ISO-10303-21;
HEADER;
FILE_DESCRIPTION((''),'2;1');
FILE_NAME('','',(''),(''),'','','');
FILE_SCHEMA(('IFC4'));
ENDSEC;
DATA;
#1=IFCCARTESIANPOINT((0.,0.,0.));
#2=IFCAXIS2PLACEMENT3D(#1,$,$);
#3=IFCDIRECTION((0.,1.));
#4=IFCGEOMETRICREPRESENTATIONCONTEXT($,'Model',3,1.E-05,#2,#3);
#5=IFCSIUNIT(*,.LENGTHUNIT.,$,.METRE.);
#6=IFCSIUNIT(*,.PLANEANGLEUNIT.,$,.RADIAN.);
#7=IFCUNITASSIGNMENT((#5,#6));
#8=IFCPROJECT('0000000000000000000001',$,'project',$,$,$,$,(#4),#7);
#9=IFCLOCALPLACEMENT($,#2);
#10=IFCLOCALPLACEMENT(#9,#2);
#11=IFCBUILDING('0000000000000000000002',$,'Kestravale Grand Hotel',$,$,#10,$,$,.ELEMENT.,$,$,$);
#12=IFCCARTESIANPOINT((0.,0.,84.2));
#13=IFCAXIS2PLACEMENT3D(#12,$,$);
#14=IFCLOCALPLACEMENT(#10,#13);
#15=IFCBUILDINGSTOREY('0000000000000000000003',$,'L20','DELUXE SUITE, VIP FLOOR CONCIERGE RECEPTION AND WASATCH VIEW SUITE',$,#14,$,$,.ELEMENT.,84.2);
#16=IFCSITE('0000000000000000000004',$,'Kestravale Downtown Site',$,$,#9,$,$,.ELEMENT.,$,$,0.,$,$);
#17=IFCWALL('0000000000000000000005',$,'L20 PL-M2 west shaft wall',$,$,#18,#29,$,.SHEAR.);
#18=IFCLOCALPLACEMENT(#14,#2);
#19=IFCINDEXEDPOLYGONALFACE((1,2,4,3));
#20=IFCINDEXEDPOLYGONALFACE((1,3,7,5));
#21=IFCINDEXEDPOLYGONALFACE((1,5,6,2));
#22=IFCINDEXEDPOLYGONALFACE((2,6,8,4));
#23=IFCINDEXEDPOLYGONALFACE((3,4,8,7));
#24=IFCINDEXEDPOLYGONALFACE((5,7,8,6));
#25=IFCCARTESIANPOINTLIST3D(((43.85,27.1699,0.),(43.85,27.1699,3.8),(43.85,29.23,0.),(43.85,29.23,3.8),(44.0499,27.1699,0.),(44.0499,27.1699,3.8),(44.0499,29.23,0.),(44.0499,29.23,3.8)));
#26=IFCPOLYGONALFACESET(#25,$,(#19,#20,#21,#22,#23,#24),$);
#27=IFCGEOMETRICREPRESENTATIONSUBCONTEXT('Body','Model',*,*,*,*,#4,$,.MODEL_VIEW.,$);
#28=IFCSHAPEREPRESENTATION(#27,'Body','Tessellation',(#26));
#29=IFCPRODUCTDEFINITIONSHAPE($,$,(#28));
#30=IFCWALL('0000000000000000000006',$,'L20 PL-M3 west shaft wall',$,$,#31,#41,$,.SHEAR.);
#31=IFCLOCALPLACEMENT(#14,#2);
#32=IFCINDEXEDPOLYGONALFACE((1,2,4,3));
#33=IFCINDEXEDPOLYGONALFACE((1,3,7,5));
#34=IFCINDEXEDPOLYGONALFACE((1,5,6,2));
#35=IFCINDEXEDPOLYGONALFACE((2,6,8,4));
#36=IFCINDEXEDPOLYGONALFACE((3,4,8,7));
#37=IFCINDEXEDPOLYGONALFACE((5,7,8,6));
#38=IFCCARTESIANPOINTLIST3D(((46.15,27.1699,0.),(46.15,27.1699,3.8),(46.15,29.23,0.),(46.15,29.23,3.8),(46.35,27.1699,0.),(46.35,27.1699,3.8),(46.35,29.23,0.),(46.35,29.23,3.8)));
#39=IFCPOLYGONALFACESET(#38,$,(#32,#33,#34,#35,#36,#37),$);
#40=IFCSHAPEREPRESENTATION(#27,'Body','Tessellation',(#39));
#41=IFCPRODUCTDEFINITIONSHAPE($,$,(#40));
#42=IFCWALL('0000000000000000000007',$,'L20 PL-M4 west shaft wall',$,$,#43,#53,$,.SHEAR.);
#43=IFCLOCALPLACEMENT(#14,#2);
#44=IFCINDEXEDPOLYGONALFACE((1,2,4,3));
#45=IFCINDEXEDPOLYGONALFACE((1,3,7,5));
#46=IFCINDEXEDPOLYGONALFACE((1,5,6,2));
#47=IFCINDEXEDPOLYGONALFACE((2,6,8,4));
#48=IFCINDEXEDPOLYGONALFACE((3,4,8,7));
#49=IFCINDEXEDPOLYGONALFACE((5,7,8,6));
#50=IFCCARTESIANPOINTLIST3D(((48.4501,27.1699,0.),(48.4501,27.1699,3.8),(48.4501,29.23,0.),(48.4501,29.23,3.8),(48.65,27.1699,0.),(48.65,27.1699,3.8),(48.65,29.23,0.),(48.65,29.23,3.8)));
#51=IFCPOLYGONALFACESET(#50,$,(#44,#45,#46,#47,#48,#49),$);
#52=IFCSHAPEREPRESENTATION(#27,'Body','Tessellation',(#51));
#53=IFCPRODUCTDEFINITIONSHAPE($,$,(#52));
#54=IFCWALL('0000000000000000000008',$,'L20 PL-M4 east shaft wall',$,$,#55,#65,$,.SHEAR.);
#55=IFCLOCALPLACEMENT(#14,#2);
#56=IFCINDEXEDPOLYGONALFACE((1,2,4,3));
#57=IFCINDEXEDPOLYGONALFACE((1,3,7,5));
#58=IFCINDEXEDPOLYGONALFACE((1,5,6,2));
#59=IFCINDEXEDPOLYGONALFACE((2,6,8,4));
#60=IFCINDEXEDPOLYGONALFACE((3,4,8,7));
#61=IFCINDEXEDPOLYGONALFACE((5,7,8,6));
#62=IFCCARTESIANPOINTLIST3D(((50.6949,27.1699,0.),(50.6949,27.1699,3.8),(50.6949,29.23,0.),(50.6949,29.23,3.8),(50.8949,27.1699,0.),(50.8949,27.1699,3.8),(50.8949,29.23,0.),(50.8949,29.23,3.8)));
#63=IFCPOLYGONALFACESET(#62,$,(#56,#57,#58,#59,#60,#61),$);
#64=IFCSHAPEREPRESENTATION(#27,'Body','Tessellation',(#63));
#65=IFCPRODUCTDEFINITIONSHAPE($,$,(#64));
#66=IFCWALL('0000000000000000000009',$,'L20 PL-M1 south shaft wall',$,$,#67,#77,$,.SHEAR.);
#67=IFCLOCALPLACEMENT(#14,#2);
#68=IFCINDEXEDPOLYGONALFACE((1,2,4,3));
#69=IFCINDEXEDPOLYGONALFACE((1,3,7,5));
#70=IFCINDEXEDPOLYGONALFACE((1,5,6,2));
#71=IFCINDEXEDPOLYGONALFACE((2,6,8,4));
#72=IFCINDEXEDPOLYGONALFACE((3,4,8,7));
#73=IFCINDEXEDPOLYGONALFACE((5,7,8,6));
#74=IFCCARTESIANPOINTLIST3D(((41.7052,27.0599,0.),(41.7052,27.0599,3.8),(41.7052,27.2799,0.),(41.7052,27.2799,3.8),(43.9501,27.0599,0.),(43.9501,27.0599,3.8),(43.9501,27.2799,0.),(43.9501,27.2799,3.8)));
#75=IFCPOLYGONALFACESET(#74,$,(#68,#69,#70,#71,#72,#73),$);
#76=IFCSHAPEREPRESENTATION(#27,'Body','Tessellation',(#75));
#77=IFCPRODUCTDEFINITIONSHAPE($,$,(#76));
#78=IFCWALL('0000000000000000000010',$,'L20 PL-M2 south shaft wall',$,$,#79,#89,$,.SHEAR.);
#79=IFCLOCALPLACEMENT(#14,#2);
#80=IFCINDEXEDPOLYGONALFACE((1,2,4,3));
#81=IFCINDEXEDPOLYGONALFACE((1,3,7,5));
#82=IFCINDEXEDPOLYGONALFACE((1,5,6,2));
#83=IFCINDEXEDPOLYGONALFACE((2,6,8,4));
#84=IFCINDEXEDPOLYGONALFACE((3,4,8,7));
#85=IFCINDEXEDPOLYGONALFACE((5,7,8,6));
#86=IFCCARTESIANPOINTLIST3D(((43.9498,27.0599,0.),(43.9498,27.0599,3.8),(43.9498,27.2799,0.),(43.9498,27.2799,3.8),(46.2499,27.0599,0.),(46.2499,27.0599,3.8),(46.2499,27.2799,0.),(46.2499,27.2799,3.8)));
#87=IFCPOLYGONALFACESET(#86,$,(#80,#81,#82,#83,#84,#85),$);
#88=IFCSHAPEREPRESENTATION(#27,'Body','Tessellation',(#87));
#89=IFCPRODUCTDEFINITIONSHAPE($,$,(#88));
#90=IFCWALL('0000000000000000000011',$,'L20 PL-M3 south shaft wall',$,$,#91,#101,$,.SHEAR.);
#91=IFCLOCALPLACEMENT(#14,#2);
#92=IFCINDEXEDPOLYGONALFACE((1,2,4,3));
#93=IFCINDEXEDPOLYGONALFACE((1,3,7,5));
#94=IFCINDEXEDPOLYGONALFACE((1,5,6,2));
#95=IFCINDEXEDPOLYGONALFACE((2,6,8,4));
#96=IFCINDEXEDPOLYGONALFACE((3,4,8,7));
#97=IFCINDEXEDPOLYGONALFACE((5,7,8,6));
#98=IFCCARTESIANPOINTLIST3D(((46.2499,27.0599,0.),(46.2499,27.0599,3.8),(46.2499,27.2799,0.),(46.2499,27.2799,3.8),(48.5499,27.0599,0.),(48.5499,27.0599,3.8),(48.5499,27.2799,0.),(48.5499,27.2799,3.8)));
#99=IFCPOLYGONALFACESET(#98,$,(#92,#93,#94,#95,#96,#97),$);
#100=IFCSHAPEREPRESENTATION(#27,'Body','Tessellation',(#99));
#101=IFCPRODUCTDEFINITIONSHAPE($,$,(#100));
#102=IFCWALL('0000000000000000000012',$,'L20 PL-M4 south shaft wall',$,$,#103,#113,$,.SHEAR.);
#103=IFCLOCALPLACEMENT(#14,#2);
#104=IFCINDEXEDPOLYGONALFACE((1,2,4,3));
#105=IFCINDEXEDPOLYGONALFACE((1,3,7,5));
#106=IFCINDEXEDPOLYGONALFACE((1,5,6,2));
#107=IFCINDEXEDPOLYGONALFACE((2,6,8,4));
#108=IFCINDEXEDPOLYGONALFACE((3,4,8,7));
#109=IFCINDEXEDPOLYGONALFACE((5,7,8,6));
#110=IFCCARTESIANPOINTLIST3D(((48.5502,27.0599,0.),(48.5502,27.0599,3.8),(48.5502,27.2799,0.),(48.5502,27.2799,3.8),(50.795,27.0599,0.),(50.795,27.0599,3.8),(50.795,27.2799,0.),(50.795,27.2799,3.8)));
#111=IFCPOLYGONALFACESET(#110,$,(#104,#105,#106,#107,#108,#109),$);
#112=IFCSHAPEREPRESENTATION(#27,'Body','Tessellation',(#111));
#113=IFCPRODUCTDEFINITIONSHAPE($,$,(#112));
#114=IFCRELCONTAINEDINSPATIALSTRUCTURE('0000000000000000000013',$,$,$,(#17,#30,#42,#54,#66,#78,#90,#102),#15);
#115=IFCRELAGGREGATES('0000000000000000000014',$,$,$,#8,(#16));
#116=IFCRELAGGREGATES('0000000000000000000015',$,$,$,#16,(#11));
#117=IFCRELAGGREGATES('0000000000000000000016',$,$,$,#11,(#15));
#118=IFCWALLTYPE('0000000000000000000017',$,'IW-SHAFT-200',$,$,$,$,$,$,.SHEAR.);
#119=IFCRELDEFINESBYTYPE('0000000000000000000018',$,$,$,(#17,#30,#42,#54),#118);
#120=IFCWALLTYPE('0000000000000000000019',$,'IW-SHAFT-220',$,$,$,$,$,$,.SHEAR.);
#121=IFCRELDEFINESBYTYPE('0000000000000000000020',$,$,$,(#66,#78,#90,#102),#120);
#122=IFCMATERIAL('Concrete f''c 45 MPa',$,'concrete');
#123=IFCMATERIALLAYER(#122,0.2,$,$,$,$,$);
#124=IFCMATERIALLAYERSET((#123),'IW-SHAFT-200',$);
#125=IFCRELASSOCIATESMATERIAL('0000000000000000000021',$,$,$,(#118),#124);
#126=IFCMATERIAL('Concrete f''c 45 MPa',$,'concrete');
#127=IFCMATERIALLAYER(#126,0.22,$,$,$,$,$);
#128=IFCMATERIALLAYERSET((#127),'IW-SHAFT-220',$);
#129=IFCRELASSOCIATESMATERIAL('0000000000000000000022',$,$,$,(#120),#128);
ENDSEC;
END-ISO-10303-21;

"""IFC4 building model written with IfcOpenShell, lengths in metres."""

from ifc_helpers import new_model, si_unit, direction, frame, frame_2d, origin, place, context, subcontext, project, spatial, rectangle, extrude, material, layer, layer_set, type_object, element, save


model = new_model("IFC4")

# Units and contexts
model_context = context("Model", 3, precision=1e-05, world=origin(), true_north=direction((0.0, 1.0)))
body_context = subcontext(model_context, "Body", "Model", "MODEL_VIEW")
ifc_project = project(units=[si_unit("LENGTHUNIT", "METRE"), si_unit("PLANEANGLEUNIT", "RADIAN")], contexts=[model_context])

# Site, building, storey
site_placement = place(None, origin())
site = spatial("IfcSite", under=ifc_project, at=site_placement, Name="Kestravale Downtown Site", CompositionType="ELEMENT", RefElevation=0.0)
building_placement = place(site_placement, origin())
building = spatial("IfcBuilding", under=site, at=building_placement, Name="Kestravale Grand Hotel", CompositionType="ELEMENT")
storey_placement = place(building_placement, frame((0.0, 0.0, 84.2)))
storey = spatial("IfcBuildingStorey", under=building, at=storey_placement, Name="L20", Description="DELUXE SUITE, VIP FLOOR CONCIERGE RECEPTION AND WASATCH VIEW SUITE", CompositionType="ELEMENT", Elevation=84.2)

# Walls
ifc_material_1 = material(Name="Concrete f'c 45 MPa", Category="concrete")
ifc_layer_1 = layer(ifc_material_1, 0.2)
ifc_layer_set_1 = layer_set([ifc_layer_1], Name="IW-SHAFT-200")
wall_type_1 = type_object("IfcWallType", Name="IW-SHAFT-200", PredefinedType="SHEAR", material=ifc_layer_set_1)
for number, where, z_axis, x_axis, name in (
    (1, (43.95, 27.1699, 0.0), (0.0, 0.0, 1.0), (0.0, 1.0, 0.0), "L20 PL-M2 west shaft wall"),
    (2, (46.25, 27.1699, 0.0), (0.0, 0.0, 1.0), (0.0, 1.0, 0.0), "L20 PL-M3 west shaft wall"),
    (3, (48.55, 27.1699, 0.0), (0.0, 0.0, 1.0), (0.0, 1.0, 0.0), "L20 PL-M4 west shaft wall"),
    (4, (50.7949, 27.1699, 0.0), (0.0, 0.0, 1.0), (0.0, 1.0, 0.0), "L20 PL-M4 east shaft wall"),
):
    element("IfcWall", number, at=place(storey_placement, frame(where, z_axis=z_axis, x_axis=x_axis)), inside=storey, type_object=wall_type_1, Name=name, PredefinedType="SHEAR", context=body_context, shape_type="SweptSolid", body=[
        extrude(rectangle(XDim=2.0601, YDim=0.2, at=frame_2d((1.03, 0.0))), origin(), (0.0, 0.0, 1.0), 3.8),
    ])
ifc_material_2 = material(Name="Concrete f'c 45 MPa", Category="concrete")
ifc_layer_2 = layer(ifc_material_2, 0.22)
ifc_layer_set_2 = layer_set([ifc_layer_2], Name="IW-SHAFT-220")
wall_type_2 = type_object("IfcWallType", Name="IW-SHAFT-220", PredefinedType="SHEAR", material=ifc_layer_set_2)
wall_1_placement = place(storey_placement, frame((41.7051, 27.1699, 0.0), z_axis=(0.0, 0.0, 1.0), x_axis=(1.0, 0.0, 0.0)))
element("IfcWall", 5, at=wall_1_placement, inside=storey, type_object=wall_type_2, Name="L20 PL-M1 south shaft wall", PredefinedType="SHEAR", context=body_context, shape_type="SweptSolid", body=[
    extrude(rectangle(XDim=2.2449, YDim=0.22, at=frame_2d((1.1226, 0.0))), origin(), (0.0, 0.0, 1.0), 3.8),
])
for number, where, z_axis, x_axis, name in (
    (6, (43.95, 27.1699, 0.0), (0.0, 0.0, 1.0), (1.0, 0.0, 0.0), "L20 PL-M2 south shaft wall"),
    (7, (46.25, 27.1699, 0.0), (0.0, 0.0, 1.0), (1.0, 0.0, 0.0), "L20 PL-M3 south shaft wall"),
):
    element("IfcWall", number, at=place(storey_placement, frame(where, z_axis=z_axis, x_axis=x_axis)), inside=storey, type_object=wall_type_2, Name=name, PredefinedType="SHEAR", context=body_context, shape_type="SweptSolid", body=[
        extrude(rectangle(XDim=2.3, YDim=0.22, at=frame_2d((1.1499, 0.0))), origin(), (0.0, 0.0, 1.0), 3.8),
    ])
wall_2_placement = place(storey_placement, frame((48.55, 27.1699, 0.0), z_axis=(0.0, 0.0, 1.0), x_axis=(1.0, 0.0, 0.0)))
element("IfcWall", 8, at=wall_2_placement, inside=storey, type_object=wall_type_2, Name="L20 PL-M4 south shaft wall", PredefinedType="SHEAR", context=body_context, shape_type="SweptSolid", body=[
    extrude(rectangle(XDim=2.2449, YDim=0.22, at=frame_2d((1.1226, 0.0))), origin(), (0.0, 0.0, 1.0), 3.8),
])

save(model, "model.ifc")
